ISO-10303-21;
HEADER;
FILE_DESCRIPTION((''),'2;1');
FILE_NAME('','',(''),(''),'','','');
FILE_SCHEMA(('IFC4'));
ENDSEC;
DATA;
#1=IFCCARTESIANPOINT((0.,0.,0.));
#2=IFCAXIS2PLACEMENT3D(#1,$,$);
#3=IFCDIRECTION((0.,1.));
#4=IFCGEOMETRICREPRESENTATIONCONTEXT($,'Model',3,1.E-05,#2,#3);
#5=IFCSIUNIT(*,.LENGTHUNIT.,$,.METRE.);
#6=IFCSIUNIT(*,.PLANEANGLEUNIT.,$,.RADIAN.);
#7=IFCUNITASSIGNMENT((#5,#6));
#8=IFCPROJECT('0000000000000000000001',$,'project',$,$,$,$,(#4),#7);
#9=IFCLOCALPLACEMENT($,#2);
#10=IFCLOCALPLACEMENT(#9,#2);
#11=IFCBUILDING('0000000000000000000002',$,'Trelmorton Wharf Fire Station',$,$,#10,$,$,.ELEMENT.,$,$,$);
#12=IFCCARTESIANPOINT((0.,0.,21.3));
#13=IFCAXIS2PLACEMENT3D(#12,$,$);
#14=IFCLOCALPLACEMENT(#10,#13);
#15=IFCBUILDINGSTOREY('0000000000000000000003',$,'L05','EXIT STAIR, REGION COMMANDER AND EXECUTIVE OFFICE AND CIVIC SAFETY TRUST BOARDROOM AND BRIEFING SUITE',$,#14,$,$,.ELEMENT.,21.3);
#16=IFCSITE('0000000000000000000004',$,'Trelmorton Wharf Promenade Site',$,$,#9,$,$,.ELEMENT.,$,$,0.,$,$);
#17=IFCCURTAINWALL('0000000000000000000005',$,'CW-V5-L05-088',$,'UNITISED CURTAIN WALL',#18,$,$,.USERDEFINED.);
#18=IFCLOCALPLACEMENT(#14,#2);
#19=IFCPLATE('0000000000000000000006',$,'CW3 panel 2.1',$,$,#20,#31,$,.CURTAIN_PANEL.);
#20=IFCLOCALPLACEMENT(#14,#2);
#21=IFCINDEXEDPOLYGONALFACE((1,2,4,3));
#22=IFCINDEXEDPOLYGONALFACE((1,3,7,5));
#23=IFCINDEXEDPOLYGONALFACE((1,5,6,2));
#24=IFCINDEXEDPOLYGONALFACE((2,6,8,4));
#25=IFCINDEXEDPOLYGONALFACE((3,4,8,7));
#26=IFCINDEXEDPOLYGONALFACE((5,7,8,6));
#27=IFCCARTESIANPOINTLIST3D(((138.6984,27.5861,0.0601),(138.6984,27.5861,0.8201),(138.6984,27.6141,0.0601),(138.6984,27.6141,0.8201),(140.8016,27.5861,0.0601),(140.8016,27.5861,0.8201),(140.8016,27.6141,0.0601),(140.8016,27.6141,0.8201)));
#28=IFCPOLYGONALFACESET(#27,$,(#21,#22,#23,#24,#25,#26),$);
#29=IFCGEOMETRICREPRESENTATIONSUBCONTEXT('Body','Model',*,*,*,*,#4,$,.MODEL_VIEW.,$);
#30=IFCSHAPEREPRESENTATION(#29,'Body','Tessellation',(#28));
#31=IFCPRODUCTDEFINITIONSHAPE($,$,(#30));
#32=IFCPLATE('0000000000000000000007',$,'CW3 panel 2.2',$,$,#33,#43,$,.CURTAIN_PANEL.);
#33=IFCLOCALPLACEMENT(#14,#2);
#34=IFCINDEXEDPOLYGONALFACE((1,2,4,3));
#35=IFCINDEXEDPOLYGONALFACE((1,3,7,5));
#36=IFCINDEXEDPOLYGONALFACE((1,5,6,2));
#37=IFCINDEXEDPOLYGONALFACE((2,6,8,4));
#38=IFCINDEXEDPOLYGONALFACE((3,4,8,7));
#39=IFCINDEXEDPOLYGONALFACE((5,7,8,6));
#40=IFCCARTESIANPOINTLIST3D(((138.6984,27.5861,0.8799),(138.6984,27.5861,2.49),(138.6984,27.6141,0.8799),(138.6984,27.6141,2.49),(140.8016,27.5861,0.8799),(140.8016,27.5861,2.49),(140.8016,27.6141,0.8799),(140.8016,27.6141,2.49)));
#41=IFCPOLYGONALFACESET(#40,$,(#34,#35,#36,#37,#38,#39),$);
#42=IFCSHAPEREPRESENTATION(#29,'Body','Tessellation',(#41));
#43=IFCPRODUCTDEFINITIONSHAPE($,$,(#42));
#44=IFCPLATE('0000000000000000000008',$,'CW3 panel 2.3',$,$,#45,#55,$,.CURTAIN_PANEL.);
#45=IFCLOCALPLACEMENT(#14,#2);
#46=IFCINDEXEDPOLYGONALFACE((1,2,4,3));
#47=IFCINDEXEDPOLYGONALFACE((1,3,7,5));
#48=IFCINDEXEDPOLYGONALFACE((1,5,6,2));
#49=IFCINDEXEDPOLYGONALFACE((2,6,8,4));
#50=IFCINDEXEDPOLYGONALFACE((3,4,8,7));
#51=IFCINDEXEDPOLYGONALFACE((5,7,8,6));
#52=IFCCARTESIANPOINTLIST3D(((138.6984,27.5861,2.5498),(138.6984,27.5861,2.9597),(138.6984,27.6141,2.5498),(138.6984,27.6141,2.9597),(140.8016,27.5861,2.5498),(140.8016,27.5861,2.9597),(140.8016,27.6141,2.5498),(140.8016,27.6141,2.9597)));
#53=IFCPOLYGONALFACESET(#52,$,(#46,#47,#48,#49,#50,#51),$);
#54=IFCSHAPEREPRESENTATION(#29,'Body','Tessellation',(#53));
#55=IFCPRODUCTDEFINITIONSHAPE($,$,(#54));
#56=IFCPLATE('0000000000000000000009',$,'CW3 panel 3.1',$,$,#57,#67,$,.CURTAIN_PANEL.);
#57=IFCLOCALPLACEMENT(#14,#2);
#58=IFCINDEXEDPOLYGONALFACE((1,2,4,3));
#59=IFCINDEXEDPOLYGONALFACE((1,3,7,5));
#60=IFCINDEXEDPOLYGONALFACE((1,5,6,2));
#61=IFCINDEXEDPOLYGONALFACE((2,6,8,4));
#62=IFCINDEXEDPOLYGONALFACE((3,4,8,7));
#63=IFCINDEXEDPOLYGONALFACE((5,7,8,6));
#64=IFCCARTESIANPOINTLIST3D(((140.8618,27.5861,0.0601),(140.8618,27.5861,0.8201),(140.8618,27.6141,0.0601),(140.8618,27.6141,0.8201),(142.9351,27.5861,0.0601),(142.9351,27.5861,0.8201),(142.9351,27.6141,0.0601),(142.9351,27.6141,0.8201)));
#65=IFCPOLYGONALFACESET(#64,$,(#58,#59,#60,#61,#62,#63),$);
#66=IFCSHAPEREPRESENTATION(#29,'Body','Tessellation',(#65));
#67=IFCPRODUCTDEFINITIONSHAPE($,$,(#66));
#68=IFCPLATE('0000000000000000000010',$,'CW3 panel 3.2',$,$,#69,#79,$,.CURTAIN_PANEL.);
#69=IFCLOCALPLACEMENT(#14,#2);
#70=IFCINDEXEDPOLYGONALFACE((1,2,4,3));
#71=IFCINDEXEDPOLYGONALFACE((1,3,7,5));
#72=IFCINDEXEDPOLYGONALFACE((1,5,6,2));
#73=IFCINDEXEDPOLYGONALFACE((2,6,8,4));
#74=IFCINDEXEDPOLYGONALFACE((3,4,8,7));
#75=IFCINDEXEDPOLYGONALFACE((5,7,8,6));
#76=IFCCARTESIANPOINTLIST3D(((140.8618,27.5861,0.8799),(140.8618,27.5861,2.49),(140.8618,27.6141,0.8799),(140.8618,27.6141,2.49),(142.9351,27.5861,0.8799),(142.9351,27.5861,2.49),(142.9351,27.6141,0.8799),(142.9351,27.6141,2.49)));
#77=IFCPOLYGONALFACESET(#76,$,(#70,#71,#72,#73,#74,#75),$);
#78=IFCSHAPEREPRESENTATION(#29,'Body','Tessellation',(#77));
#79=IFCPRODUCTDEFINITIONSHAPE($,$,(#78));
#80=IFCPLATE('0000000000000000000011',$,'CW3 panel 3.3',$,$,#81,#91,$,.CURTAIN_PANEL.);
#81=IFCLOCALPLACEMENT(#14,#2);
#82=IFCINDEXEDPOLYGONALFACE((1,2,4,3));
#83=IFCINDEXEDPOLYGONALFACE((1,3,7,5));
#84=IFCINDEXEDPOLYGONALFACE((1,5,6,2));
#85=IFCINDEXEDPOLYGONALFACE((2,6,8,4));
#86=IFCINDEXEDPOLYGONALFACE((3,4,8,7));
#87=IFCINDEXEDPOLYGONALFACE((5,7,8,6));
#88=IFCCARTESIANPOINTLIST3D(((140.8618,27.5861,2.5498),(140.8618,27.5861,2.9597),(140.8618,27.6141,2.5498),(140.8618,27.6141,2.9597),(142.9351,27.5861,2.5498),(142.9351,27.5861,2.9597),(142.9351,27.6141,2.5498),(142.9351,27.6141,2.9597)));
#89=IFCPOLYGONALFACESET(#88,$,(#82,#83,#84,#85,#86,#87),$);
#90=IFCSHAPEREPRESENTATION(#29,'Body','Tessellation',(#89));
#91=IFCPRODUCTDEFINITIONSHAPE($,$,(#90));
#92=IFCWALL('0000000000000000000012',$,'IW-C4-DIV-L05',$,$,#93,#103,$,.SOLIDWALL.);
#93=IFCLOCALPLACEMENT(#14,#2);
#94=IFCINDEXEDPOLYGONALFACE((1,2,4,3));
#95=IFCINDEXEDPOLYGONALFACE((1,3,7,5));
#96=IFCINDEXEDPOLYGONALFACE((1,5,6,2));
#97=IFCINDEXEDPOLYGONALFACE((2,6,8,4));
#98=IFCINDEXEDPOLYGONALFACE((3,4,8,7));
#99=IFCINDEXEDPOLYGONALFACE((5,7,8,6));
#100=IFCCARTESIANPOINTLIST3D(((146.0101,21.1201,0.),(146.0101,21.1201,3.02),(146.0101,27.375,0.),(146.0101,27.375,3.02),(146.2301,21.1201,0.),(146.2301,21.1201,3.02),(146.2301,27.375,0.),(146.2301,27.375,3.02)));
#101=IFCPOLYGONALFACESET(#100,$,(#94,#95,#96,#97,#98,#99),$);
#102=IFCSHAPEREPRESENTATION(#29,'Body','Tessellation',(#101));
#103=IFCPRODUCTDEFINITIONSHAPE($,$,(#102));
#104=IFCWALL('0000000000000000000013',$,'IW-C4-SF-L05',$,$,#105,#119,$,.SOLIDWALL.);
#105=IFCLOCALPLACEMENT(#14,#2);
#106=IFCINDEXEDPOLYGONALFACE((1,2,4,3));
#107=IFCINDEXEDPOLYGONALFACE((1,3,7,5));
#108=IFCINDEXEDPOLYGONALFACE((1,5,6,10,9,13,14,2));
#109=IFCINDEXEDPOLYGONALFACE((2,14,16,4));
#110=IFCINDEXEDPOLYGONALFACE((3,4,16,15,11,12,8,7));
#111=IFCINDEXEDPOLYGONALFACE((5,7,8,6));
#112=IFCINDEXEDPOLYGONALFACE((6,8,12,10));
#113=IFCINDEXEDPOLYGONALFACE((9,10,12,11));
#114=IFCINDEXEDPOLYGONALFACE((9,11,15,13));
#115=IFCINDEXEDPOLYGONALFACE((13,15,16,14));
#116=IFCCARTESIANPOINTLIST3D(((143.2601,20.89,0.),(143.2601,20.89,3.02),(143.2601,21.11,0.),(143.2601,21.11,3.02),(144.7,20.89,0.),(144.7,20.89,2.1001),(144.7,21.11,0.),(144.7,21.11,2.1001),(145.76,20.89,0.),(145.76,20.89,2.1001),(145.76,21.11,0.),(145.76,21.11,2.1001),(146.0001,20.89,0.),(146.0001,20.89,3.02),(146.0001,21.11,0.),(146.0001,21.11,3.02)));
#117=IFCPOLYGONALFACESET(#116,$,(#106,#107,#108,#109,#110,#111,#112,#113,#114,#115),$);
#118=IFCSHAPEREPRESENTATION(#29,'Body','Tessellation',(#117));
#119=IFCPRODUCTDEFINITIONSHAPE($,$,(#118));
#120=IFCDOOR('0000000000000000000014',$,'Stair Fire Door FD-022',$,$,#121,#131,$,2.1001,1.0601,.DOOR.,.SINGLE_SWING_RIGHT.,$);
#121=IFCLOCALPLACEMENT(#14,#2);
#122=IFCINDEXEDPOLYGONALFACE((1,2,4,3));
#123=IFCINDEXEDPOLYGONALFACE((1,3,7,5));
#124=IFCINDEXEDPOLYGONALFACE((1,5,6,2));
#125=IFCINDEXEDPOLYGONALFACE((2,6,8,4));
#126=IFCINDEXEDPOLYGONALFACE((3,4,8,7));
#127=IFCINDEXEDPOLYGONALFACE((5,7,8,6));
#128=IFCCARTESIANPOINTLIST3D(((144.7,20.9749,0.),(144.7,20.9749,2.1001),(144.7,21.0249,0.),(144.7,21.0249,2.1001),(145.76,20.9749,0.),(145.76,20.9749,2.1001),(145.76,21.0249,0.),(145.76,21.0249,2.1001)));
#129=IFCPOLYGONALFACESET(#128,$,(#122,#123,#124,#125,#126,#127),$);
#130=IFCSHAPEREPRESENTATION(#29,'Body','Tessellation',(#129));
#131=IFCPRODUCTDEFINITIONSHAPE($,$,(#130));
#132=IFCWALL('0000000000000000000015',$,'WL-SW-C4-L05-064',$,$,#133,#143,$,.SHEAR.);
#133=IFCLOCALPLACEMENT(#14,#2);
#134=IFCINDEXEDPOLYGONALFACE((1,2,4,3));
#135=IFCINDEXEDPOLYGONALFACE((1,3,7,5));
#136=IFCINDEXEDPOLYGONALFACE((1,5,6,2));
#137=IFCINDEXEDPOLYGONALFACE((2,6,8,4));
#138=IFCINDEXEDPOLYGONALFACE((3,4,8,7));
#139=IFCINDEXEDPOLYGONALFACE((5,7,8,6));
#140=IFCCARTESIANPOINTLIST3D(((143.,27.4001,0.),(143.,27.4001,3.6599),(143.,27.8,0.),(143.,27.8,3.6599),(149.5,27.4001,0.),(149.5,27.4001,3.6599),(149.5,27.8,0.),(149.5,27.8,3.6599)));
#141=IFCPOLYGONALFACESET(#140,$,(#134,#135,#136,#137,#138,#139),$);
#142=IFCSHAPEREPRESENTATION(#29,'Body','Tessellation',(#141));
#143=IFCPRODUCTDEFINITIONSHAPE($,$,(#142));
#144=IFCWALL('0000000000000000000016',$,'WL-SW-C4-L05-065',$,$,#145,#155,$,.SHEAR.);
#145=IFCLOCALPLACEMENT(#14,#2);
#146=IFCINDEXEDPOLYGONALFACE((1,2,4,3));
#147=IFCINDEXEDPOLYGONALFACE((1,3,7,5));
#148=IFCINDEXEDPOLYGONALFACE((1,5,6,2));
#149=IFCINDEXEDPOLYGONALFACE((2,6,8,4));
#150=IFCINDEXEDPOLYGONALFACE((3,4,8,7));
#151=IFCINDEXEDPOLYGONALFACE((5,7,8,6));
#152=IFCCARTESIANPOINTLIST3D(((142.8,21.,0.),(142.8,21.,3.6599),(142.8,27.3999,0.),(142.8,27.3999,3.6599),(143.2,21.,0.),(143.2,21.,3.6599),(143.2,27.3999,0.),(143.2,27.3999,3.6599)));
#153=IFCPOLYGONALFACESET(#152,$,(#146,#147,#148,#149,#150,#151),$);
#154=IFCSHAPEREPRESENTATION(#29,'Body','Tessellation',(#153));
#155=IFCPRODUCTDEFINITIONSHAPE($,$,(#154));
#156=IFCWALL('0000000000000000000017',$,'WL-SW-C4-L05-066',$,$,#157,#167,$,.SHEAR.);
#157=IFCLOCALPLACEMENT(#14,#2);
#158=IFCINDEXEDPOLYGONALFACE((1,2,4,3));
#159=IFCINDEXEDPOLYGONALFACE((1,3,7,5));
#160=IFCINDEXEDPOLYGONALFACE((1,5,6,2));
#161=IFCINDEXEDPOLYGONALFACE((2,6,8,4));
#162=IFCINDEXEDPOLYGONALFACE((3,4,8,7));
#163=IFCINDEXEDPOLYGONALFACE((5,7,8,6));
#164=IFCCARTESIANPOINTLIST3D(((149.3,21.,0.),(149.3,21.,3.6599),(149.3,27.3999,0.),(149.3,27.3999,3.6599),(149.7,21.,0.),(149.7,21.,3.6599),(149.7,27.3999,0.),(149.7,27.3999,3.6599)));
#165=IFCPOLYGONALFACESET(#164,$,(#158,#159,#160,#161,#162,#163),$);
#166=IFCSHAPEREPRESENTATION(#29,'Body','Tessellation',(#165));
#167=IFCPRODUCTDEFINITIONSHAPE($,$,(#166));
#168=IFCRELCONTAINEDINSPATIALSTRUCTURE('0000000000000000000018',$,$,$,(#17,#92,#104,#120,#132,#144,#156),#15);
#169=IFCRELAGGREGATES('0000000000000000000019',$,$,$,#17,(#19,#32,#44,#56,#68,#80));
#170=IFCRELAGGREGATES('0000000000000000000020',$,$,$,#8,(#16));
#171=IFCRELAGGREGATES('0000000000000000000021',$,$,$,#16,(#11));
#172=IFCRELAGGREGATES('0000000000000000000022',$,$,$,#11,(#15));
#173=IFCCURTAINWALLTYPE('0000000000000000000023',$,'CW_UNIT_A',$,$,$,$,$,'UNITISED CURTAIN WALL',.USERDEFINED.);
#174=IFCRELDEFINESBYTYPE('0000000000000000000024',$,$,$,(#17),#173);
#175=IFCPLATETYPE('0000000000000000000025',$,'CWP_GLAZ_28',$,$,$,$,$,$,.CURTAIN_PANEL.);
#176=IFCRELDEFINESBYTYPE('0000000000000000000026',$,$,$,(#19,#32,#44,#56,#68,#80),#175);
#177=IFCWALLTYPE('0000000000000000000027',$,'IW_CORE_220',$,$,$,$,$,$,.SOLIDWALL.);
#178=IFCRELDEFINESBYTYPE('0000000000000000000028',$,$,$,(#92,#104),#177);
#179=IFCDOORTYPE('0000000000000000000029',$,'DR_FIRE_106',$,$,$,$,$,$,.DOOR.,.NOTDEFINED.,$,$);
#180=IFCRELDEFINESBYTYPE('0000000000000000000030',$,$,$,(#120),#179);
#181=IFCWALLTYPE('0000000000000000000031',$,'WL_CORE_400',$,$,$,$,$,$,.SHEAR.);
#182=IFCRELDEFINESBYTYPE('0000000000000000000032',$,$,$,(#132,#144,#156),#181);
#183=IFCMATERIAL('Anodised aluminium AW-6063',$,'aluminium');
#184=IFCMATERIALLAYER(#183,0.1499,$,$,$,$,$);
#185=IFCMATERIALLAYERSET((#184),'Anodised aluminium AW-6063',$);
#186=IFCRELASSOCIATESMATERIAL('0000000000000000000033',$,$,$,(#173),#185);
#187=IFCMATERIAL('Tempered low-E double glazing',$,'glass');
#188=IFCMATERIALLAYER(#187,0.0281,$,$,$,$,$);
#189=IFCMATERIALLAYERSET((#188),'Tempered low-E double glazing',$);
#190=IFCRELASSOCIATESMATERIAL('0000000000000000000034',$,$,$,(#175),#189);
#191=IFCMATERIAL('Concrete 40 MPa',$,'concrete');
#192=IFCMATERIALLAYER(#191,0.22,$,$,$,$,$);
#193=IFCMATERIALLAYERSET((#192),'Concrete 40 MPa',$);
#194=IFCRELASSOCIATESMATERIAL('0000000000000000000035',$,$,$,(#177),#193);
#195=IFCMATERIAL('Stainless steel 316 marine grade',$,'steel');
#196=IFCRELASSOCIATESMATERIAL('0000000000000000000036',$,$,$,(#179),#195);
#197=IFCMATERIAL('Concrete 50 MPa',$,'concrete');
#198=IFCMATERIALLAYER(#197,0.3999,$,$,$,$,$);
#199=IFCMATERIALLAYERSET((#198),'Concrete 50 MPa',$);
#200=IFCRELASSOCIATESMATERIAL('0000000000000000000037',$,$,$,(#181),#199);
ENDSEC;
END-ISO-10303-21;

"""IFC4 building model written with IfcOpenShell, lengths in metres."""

from ifc_helpers import new_model, si_unit, direction, frame, frame_2d, origin, origin_2d, place, context, subcontext, project, spatial, rectangle, extrude, material, layer, layer_set, type_object, element, fill, aggregate, save


model = new_model("IFC4")

# Units and contexts
model_context = context("Model", 3, precision=1e-05, world=origin(), true_north=direction((0.0, 1.0)))
body_context = subcontext(model_context, "Body", "Model", "MODEL_VIEW")
ifc_project = project(units=[si_unit("LENGTHUNIT", "METRE"), si_unit("PLANEANGLEUNIT", "RADIAN")], contexts=[model_context])

# Site, building, storey
site_placement = place(None, origin())
site = spatial("IfcSite", under=ifc_project, at=site_placement, Name="Trelmorton Wharf Promenade Site", CompositionType="ELEMENT", RefElevation=0.0)
building_placement = place(site_placement, origin())
building = spatial("IfcBuilding", under=site, at=building_placement, Name="Trelmorton Wharf Fire Station", CompositionType="ELEMENT")
storey_placement = place(building_placement, frame((0.0, 0.0, 21.3)))
storey = spatial("IfcBuildingStorey", under=building, at=storey_placement, Name="L05", Description="EXIT STAIR, REGION COMMANDER AND EXECUTIVE OFFICE AND CIVIC SAFETY TRUST BOARDROOM AND BRIEFING SUITE", CompositionType="ELEMENT", Elevation=21.3)

# Curtain wall
ifc_material_1 = material(Name="Anodised aluminium AW-6063", Category="aluminium")
ifc_layer_1 = layer(ifc_material_1, 0.1499)
ifc_layer_set_1 = layer_set([ifc_layer_1], Name="Anodised aluminium AW-6063")
curtain_wall_type = type_object("IfcCurtainWallType", Name="CW_UNIT_A", ElementType="UNITISED CURTAIN WALL", PredefinedType="USERDEFINED", material=ifc_layer_set_1)
curtain_wall_placement = place(storey_placement, origin())
curtain_wall = element("IfcCurtainWall", 1, at=curtain_wall_placement, inside=storey, type_object=curtain_wall_type, Name="CW-V5-L05-088", ObjectType="UNITISED CURTAIN WALL", PredefinedType="USERDEFINED")

# Plates
ifc_material_2 = material(Name="Tempered low-E double glazing", Category="glass")
ifc_layer_2 = layer(ifc_material_2, 0.0281)
ifc_layer_set_2 = layer_set([ifc_layer_2], Name="Tempered low-E double glazing")
plate_type = type_object("IfcPlateType", Name="CWP_GLAZ_28", PredefinedType="CURTAIN_PANEL", material=ifc_layer_set_2)
plate_1_placement = place(storey_placement, frame((139.75, 27.6001, 0.0601), z_axis=(0.0, 0.0, 1.0), x_axis=(1.0, 0.0, 0.0)))
plate_1 = element("IfcPlate", 2, at=plate_1_placement, type_object=plate_type, Name="CW3 panel 2.1", PredefinedType="CURTAIN_PANEL", context=body_context, shape_type="SweptSolid", body=[
    extrude(rectangle(XDim=2.1033, YDim=0.0281, at=origin_2d()), origin(), (0.0, 0.0, 1.0), 0.76),
])
plate_2_placement = place(storey_placement, frame((139.75, 27.6001, 0.8799), z_axis=(0.0, 0.0, 1.0), x_axis=(1.0, 0.0, 0.0)))
plate_2 = element("IfcPlate", 3, at=plate_2_placement, type_object=plate_type, Name="CW3 panel 2.2", PredefinedType="CURTAIN_PANEL", context=body_context, shape_type="SweptSolid", body=[
    extrude(rectangle(XDim=2.1033, YDim=0.0281, at=origin_2d()), origin(), (0.0, 0.0, 1.0), 1.6101),
])
plate_3_placement = place(storey_placement, frame((139.75, 27.6001, 2.5498), z_axis=(0.0, 0.0, 1.0), x_axis=(1.0, 0.0, 0.0)))
plate_3 = element("IfcPlate", 4, at=plate_3_placement, type_object=plate_type, Name="CW3 panel 2.3", PredefinedType="CURTAIN_PANEL", context=body_context, shape_type="SweptSolid", body=[
    extrude(rectangle(XDim=2.1033, YDim=0.0281, at=origin_2d()), origin(), (0.0, 0.0, 1.0), 0.4099),
])
plate_4_placement = place(storey_placement, frame((141.8984, 27.6001, 0.0601), z_axis=(0.0, 0.0, 1.0), x_axis=(1.0, 0.0, 0.0)))
plate_4 = element("IfcPlate", 5, at=plate_4_placement, type_object=plate_type, Name="CW3 panel 3.1", PredefinedType="CURTAIN_PANEL", context=body_context, shape_type="SweptSolid", body=[
    extrude(rectangle(XDim=2.0732, YDim=0.0281, at=origin_2d()), origin(), (0.0, 0.0, 1.0), 0.76),
])
plate_5_placement = place(storey_placement, frame((141.8984, 27.6001, 0.8799), z_axis=(0.0, 0.0, 1.0), x_axis=(1.0, 0.0, 0.0)))
plate_5 = element("IfcPlate", 6, at=plate_5_placement, type_object=plate_type, Name="CW3 panel 3.2", PredefinedType="CURTAIN_PANEL", context=body_context, shape_type="SweptSolid", body=[
    extrude(rectangle(XDim=2.0732, YDim=0.0281, at=origin_2d()), origin(), (0.0, 0.0, 1.0), 1.6101),
])
plate_6_placement = place(storey_placement, frame((141.8984, 27.6001, 2.5498), z_axis=(0.0, 0.0, 1.0), x_axis=(1.0, 0.0, 0.0)))
plate_6 = element("IfcPlate", 7, at=plate_6_placement, type_object=plate_type, Name="CW3 panel 3.3", PredefinedType="CURTAIN_PANEL", context=body_context, shape_type="SweptSolid", body=[
    extrude(rectangle(XDim=2.0732, YDim=0.0281, at=origin_2d()), origin(), (0.0, 0.0, 1.0), 0.4099),
])
aggregate(curtain_wall, [plate_1, plate_2, plate_3, plate_4, plate_5, plate_6])

# Wall
ifc_material_3 = material(Name="Concrete 40 MPa", Category="concrete")
ifc_layer_3 = layer(ifc_material_3, 0.22)
ifc_layer_set_3 = layer_set([ifc_layer_3], Name="Concrete 40 MPa")
wall_type_1 = type_object("IfcWallType", Name="IW_CORE_220", PredefinedType="SOLIDWALL", material=ifc_layer_set_3)
wall_1_placement = place(storey_placement, frame((146.1201, 21.1201, 0.0), z_axis=(0.0, 0.0, 1.0), x_axis=(0.0, 1.0, 0.0)))
element("IfcWall", 8, at=wall_1_placement, inside=storey, type_object=wall_type_1, Name="IW-C4-DIV-L05", PredefinedType="SOLIDWALL", context=body_context, shape_type="SweptSolid", body=[
    extrude(rectangle(XDim=6.2549, YDim=0.22, at=frame_2d((3.1274, 0.0))), origin(), (0.0, 0.0, 1.0), 3.02),
])

# Wall, opening, door
wall_2_placement = place(storey_placement, frame((143.26, 21.0, 0.0), z_axis=(0.0, 0.0, 1.0), x_axis=(1.0, 0.0, 0.0)))
wall_2 = element("IfcWall", 9, at=wall_2_placement, inside=storey, type_object=wall_type_1, Name="IW-C4-SF-L05", PredefinedType="SOLIDWALL", context=body_context, shape_type="SweptSolid", body=[
    extrude(rectangle(XDim=2.74, YDim=0.22, at=frame_2d((1.3701, 0.0))), origin(), (0.0, 0.0, 1.0), 3.02),
])
opening_1_placement = place(wall_2_placement, frame((1.4399, 0.0, 0.0)))
opening_1 = element("IfcOpeningElement", 10, at=opening_1_placement, cuts=wall_2, PredefinedType="OPENING", context=body_context, shape_type="SweptSolid", body=[
    extrude(rectangle(XDim=1.0601, YDim=2.1001, at=frame_2d((0.53, 1.05))), frame((0.0, 0.1201, 0.0), z_axis=(0.0, -1.0, 0.0), x_axis=(1.0, 0.0, 0.0)), (0.0, 0.0, 1.0), 0.24),
])
ifc_material_4 = material(Name="Stainless steel 316 marine grade", Category="steel")
door_type_1 = type_object("IfcDoorType", Name="DR_FIRE_106", OperationType="NOTDEFINED", PredefinedType="DOOR", material=ifc_material_4)
door_1_placement = place(opening_1_placement, origin())
door_1 = element("IfcDoor", 11, at=door_1_placement, inside=storey, type_object=door_type_1, Name="Stair Fire Door FD-022", OperationType="SINGLE_SWING_RIGHT", OverallHeight=2.1001, OverallWidth=1.0601, PredefinedType="DOOR", context=body_context, shape_type="SweptSolid", body=[
    extrude(rectangle(XDim=1.0601, YDim=2.1001, at=frame_2d((0.53, 1.05))), frame((0.0, 0.0249, 0.0), z_axis=(0.0, -1.0, 0.0), x_axis=(1.0, 0.0, 0.0)), (0.0, 0.0, 1.0), 0.05),
])
fill(opening_1, door_1)

# Walls
ifc_material_5 = material(Name="Concrete 50 MPa", Category="concrete")
ifc_layer_4 = layer(ifc_material_5, 0.3999)
ifc_layer_set_4 = layer_set([ifc_layer_4], Name="Concrete 50 MPa")
wall_type_2 = type_object("IfcWallType", Name="WL_CORE_400", PredefinedType="SHEAR", material=ifc_layer_set_4)
wall_3_placement = place(storey_placement, frame((143.0, 27.6001, 0.0), z_axis=(0.0, 0.0, 1.0), x_axis=(1.0, 0.0, 0.0)))
element("IfcWall", 12, at=wall_3_placement, inside=storey, type_object=wall_type_2, Name="WL-SW-C4-L05-064", PredefinedType="SHEAR", context=body_context, shape_type="SweptSolid", body=[
    extrude(rectangle(XDim=6.5, YDim=0.3999, at=frame_2d((3.25, 0.0))), origin(), (0.0, 0.0, 1.0), 3.6599),
])
for number, where, z_axis, x_axis, name in (
    (13, (143.0, 21.0, 0.0), (0.0, 0.0, 1.0), (0.0, 1.0, 0.0), "WL-SW-C4-L05-065"),
    (14, (149.5, 21.0, 0.0), (0.0, 0.0, 1.0), (0.0, 1.0, 0.0), "WL-SW-C4-L05-066"),
):
    element("IfcWall", number, at=place(storey_placement, frame(where, z_axis=z_axis, x_axis=x_axis)), inside=storey, type_object=wall_type_2, Name=name, PredefinedType="SHEAR", context=body_context, shape_type="SweptSolid", body=[
        extrude(rectangle(XDim=6.3999, YDim=0.3999, at=frame_2d((3.2, 0.0))), origin(), (0.0, 0.0, 1.0), 3.6599),
    ])

save(model, "model.ifc")
